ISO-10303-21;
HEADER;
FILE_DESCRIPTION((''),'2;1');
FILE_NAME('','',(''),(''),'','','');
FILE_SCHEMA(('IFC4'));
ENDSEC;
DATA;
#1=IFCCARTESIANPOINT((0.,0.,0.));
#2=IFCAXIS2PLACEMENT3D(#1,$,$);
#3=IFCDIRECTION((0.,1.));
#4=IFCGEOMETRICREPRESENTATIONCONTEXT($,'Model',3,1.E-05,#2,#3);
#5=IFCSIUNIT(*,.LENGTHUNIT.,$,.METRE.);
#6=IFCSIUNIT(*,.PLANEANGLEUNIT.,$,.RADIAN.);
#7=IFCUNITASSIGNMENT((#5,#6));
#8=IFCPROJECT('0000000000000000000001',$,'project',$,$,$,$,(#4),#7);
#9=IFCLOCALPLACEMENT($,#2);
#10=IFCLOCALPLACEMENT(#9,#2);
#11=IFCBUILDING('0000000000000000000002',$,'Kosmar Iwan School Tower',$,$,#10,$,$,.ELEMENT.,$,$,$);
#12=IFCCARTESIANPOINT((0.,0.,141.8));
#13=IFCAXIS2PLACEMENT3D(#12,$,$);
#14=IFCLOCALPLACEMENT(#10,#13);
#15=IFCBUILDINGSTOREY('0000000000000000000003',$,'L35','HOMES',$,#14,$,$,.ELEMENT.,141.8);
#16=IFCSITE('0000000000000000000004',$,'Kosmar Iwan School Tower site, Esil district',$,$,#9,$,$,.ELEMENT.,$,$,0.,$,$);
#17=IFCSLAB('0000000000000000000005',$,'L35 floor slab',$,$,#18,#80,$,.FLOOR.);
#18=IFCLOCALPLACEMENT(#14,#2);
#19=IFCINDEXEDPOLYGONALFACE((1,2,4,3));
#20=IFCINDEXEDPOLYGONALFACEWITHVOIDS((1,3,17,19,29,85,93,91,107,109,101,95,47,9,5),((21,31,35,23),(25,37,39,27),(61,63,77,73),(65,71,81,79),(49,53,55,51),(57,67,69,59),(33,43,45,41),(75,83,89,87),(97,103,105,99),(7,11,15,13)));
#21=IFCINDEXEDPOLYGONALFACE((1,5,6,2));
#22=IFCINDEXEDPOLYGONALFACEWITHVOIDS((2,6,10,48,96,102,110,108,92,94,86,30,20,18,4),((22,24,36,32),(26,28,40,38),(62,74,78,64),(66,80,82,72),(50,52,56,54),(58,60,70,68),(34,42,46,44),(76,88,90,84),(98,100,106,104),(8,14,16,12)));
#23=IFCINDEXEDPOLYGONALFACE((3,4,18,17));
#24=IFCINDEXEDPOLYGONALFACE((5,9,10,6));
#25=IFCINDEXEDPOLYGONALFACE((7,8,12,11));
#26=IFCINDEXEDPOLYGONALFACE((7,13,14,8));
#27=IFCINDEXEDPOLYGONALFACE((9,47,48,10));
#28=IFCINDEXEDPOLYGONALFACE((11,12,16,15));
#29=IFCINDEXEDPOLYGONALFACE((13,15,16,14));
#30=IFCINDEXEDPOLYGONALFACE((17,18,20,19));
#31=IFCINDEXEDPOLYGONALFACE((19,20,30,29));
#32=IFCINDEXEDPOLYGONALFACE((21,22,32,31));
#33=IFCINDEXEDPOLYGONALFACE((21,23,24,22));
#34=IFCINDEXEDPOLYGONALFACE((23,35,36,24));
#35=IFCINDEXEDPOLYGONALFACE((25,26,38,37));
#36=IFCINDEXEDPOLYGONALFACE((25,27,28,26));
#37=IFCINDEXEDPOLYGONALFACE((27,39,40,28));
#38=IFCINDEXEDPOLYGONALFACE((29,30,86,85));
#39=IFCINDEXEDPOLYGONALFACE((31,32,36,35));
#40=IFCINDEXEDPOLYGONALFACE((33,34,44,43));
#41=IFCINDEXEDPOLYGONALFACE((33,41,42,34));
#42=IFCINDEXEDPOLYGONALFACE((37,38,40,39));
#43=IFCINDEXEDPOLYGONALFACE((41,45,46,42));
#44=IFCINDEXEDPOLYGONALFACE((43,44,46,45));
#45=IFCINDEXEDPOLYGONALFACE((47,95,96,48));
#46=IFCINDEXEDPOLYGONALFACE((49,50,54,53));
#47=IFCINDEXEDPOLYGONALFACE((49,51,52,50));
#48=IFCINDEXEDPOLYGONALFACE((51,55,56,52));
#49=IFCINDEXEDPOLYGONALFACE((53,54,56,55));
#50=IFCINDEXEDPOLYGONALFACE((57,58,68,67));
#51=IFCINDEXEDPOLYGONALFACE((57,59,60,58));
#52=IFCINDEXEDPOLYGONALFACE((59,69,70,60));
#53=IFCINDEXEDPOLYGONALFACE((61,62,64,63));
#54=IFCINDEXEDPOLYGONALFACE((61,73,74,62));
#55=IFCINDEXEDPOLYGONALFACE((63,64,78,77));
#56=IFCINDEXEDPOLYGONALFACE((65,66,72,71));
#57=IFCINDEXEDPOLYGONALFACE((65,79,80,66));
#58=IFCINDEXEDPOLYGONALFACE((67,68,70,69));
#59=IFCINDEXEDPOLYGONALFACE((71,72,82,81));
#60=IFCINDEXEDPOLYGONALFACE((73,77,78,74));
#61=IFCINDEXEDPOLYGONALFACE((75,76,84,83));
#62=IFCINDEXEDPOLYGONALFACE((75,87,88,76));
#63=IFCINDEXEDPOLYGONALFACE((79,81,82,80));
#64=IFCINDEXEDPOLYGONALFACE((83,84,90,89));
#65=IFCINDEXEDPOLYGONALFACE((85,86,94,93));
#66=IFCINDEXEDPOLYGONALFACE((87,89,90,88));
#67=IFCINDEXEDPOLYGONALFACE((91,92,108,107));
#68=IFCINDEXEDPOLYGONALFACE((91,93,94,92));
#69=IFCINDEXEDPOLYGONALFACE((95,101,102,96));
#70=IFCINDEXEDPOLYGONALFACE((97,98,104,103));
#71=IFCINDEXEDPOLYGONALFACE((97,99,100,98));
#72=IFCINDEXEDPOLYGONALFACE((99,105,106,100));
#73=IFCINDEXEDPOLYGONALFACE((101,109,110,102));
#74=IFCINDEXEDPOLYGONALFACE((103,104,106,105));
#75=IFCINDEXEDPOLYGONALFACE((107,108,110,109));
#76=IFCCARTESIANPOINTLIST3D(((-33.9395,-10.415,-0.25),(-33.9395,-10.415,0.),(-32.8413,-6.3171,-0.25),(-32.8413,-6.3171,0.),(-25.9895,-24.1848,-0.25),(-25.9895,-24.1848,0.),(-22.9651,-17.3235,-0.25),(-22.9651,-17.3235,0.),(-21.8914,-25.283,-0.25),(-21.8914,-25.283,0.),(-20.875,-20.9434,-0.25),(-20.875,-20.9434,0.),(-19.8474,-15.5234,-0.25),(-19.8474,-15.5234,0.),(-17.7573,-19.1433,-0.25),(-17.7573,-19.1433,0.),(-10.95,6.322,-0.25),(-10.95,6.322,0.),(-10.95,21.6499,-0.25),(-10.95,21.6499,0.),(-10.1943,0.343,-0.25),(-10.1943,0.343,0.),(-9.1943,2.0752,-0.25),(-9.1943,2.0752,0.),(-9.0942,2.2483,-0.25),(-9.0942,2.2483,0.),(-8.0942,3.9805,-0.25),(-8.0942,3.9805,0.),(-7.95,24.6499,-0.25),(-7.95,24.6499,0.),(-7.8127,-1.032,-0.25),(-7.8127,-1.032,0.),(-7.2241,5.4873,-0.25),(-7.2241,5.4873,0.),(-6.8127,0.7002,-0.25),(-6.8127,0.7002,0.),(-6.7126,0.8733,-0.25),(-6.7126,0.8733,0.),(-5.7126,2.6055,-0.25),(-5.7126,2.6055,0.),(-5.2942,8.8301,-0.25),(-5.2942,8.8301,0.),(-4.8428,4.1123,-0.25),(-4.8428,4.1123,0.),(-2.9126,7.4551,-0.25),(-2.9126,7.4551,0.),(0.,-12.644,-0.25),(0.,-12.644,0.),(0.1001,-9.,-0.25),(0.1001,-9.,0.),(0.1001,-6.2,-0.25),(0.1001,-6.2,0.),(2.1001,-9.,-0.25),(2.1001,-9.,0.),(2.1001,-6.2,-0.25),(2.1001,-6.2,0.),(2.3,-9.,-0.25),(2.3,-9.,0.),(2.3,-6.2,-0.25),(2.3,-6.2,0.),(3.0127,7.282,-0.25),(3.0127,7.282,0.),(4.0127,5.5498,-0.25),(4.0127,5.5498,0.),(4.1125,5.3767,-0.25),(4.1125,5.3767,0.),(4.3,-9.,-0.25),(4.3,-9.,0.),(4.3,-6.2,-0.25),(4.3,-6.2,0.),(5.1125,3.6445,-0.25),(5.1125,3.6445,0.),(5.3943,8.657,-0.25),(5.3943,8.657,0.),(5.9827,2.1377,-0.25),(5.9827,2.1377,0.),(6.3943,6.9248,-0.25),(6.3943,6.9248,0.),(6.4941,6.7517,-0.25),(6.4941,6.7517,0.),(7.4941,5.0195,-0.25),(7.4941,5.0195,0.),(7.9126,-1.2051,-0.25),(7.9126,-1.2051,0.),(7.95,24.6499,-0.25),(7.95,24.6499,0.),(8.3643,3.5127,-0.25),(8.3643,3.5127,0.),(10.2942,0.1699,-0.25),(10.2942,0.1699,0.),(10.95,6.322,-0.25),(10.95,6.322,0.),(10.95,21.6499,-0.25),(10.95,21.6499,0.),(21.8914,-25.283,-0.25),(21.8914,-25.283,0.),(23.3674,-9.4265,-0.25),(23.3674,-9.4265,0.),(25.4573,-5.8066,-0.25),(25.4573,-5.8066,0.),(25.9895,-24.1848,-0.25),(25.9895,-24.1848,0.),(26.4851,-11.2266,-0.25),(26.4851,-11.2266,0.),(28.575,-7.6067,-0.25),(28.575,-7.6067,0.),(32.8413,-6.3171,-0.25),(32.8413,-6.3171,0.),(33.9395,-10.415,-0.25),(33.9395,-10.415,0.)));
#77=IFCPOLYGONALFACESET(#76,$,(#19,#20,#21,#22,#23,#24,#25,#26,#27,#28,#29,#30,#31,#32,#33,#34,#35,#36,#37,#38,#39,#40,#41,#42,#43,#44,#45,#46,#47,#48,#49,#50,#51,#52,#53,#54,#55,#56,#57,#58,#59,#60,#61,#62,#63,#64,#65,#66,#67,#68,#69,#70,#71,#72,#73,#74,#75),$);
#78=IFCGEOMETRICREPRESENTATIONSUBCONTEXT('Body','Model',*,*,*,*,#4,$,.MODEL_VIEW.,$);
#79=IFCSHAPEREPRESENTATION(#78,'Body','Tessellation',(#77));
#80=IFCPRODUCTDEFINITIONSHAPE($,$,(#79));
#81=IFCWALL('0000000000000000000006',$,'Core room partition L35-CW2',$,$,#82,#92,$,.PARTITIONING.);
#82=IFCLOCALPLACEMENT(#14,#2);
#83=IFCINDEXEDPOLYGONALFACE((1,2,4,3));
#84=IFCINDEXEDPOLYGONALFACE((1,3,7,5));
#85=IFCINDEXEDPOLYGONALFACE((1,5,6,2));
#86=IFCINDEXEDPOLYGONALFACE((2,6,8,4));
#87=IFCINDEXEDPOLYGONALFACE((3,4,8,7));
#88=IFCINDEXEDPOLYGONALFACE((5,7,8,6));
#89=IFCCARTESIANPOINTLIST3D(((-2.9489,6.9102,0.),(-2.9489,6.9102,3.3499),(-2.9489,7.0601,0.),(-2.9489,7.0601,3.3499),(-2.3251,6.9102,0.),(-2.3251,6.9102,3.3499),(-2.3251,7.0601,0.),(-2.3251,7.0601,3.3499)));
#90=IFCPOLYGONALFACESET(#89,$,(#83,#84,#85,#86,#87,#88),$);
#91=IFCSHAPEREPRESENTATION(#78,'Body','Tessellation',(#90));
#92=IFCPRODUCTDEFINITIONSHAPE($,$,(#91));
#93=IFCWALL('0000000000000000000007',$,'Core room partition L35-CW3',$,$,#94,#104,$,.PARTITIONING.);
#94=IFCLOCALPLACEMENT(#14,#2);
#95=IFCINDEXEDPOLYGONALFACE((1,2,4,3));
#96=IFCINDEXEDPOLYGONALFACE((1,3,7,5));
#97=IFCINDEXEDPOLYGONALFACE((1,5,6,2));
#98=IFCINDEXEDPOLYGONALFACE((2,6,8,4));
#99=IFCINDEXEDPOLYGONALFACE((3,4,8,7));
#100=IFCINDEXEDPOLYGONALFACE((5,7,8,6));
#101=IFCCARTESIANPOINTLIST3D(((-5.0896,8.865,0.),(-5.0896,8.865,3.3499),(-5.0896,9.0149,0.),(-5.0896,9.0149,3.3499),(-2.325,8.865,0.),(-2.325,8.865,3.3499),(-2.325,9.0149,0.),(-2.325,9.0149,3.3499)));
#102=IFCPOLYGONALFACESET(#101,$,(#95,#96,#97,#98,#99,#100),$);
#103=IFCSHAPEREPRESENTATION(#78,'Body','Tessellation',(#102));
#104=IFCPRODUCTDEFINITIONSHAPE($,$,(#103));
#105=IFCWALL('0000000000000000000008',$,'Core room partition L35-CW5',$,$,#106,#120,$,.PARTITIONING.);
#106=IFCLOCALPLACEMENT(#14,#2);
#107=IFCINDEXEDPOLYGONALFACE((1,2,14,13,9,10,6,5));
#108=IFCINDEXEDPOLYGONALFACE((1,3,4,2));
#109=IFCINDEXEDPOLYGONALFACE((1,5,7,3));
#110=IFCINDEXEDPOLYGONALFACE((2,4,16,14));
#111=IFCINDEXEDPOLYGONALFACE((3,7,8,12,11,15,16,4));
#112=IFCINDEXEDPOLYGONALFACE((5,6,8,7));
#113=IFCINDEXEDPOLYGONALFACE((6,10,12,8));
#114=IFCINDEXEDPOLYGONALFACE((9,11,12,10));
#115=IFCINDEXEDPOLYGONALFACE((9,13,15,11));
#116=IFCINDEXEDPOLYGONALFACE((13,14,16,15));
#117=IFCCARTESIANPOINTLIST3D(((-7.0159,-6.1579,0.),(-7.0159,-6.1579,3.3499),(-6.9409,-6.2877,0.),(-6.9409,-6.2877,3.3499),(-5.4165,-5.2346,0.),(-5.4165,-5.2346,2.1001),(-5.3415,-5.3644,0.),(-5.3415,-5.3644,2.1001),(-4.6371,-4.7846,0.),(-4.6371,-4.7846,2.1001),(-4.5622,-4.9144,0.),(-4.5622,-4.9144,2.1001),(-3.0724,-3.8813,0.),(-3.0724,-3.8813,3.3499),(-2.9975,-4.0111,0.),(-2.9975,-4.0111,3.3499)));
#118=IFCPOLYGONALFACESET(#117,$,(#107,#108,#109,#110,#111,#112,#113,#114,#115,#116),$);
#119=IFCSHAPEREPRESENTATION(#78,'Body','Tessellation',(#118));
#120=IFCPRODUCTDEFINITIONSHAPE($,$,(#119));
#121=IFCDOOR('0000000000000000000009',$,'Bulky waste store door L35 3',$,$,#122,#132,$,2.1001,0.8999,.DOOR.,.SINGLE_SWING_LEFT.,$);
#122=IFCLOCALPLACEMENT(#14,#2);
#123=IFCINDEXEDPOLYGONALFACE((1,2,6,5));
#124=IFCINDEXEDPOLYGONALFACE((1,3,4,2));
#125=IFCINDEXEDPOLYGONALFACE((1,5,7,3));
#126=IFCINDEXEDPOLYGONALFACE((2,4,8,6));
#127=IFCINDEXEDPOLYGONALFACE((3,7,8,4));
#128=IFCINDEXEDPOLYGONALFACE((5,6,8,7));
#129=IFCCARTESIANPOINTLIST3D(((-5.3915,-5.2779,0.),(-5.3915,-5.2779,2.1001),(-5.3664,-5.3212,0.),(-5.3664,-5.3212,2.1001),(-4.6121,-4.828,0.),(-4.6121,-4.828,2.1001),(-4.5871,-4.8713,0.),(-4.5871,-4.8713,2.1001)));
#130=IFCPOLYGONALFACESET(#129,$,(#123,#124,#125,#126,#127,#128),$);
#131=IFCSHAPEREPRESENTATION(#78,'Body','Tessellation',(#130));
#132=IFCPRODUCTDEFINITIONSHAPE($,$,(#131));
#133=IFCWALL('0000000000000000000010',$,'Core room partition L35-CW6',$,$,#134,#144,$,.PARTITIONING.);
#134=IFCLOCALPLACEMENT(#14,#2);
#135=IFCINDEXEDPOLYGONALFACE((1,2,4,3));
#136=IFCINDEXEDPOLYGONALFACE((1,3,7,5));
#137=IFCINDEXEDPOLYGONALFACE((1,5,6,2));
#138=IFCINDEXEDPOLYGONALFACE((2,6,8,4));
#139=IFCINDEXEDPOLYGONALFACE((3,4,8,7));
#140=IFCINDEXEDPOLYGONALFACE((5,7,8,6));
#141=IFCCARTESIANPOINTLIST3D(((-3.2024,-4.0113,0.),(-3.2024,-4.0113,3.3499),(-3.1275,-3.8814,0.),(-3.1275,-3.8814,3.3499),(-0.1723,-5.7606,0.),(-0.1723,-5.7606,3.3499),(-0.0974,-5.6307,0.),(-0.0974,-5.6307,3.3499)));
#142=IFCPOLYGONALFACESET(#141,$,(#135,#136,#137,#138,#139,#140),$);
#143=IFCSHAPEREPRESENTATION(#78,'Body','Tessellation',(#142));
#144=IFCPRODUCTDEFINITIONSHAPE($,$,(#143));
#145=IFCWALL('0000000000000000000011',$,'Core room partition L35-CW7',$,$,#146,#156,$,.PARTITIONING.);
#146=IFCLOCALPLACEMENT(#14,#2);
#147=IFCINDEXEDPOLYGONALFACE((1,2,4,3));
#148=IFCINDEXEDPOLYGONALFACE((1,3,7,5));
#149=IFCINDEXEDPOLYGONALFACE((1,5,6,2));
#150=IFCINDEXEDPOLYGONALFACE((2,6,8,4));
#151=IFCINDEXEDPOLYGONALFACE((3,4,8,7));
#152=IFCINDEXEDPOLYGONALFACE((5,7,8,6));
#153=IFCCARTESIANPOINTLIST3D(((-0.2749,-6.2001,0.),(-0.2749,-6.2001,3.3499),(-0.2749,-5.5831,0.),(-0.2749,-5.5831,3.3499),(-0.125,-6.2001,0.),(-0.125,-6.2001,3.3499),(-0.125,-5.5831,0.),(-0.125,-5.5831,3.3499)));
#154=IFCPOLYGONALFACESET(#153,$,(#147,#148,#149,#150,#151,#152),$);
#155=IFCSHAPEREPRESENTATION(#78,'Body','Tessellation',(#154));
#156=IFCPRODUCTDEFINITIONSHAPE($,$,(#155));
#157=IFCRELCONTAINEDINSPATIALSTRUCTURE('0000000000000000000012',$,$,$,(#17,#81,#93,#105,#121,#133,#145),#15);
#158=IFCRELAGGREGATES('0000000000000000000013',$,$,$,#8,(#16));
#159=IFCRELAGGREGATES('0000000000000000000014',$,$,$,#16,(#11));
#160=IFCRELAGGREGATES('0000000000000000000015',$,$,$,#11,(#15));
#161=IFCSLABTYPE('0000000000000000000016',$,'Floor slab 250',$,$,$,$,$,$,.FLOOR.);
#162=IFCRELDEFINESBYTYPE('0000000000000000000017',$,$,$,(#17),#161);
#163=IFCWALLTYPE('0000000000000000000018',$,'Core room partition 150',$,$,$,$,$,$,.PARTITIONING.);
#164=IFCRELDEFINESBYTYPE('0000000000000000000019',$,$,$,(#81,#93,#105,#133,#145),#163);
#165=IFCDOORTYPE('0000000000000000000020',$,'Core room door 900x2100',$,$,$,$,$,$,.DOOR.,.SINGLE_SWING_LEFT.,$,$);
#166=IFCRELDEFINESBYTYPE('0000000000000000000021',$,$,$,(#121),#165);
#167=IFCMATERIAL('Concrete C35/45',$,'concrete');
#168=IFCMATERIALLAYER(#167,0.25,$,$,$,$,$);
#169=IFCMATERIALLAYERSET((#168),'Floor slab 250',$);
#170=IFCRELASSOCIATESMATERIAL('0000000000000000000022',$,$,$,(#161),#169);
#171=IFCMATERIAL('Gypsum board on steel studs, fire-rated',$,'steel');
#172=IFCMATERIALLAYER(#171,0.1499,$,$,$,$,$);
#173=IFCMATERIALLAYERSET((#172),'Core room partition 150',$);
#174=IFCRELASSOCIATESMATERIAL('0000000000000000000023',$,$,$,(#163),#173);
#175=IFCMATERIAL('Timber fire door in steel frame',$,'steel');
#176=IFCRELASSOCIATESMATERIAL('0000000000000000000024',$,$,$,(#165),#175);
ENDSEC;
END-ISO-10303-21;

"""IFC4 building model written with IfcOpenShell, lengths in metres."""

from ifc_helpers import new_model, si_unit, direction, frame, frame_2d, origin, place, context, subcontext, project, spatial, polyline, rectangle, outline, extrude, material, layer, layer_set, type_object, element, fill, save


model = new_model("IFC4")

# Units and contexts
model_context = context("Model", 3, precision=1e-05, world=origin(), true_north=direction((0.0, 1.0)))
body_context = subcontext(model_context, "Body", "Model", "MODEL_VIEW")
ifc_project = project(units=[si_unit("LENGTHUNIT", "METRE"), si_unit("PLANEANGLEUNIT", "RADIAN")], contexts=[model_context])

# Site, building, storey
site_placement = place(None, origin())
site = spatial("IfcSite", under=ifc_project, at=site_placement, Name="Kosmar Iwan School Tower site, Esil district", CompositionType="ELEMENT", RefElevation=0.0)
building_placement = place(site_placement, origin())
building = spatial("IfcBuilding", under=site, at=building_placement, Name="Kosmar Iwan School Tower", CompositionType="ELEMENT")
storey_placement = place(building_placement, frame((0.0, 0.0, 141.8)))
storey = spatial("IfcBuildingStorey", under=building, at=storey_placement, Name="L35", Description="HOMES", CompositionType="ELEMENT", Elevation=141.8)

# Slab
ifc_material_1 = material(Name="Concrete C35/45", Category="concrete")
ifc_layer_1 = layer(ifc_material_1, 0.25)
ifc_layer_set_1 = layer_set([ifc_layer_1], Name="Floor slab 250")
slab_type = type_object("IfcSlabType", Name="Floor slab 250", PredefinedType="FLOOR", material=ifc_layer_set_1)
slab_placement = place(storey_placement, frame((0.0, 0.0, -0.25)))
element("IfcSlab", 1, at=slab_placement, inside=storey, type_object=slab_type, Name="L35 floor slab", PredefinedType="FLOOR", context=body_context, shape_type="SweptSolid", body=[
    extrude(outline(polyline([(-21.8914, -25.283), (0.0, -12.644), (21.8914, -25.283), (25.9895, -24.1848), (33.9395, -10.415), (32.8413, -6.3171), (10.95, 6.322), (10.95, 21.6499), (7.95, 24.6499), (-7.95, 24.6499), (-10.95, 21.6499), (-10.95, 6.322), (-32.8413, -6.3171), (-33.9395, -10.415), (-25.9895, -24.1848), (-21.8914, -25.283)]), holes=[polyline([(7.9126, -1.2051), (10.2942, 0.1699), (8.3643, 3.5127), (5.9827, 2.1377), (7.9126, -1.2051)]), polyline([(-2.9126, 7.4551), (-5.2942, 8.8301), (-7.2241, 5.4873), (-4.8428, 4.1123), (-2.9126, 7.4551)]), polyline([(-5.7126, 2.6055), (-8.0942, 3.9805), (-9.0942, 2.2483), (-6.7126, 0.8733), (-5.7126, 2.6055)]), polyline([(-6.8127, 0.7002), (-9.1943, 2.0752), (-10.1943, 0.343), (-7.8127, -1.032), (-6.8127, 0.7002)]), polyline([(5.1125, 3.6445), (7.4941, 5.0195), (6.4941, 6.7517), (4.1125, 5.3767), (5.1125, 3.6445)]), polyline([(4.0127, 5.5498), (6.3943, 6.9248), (5.3943, 8.657), (3.0127, 7.282), (4.0127, 5.5498)]), polyline([(0.1001, -6.2), (0.1001, -9.0), (2.1001, -9.0), (2.1001, -6.2), (0.1001, -6.2)]), polyline([(2.3, -6.2), (2.3, -9.0), (4.3, -9.0), (4.3, -6.2), (2.3, -6.2)]), polyline([(-19.8474, -15.5234), (-22.9651, -17.3235), (-20.875, -20.9434), (-17.7573, -19.1433), (-19.8474, -15.5234)]), polyline([(23.3674, -9.4265), (26.4851, -11.2266), (28.575, -7.6067), (25.4573, -5.8066), (23.3674, -9.4265)])]), origin(), (0.0, 0.0, 1.0), 0.25),
])

# Walls
ifc_material_2 = material(Name="Gypsum board on steel studs, fire-rated", Category="steel")
ifc_layer_2 = layer(ifc_material_2, 0.1499)
ifc_layer_set_2 = layer_set([ifc_layer_2], Name="Core room partition 150")
wall_type_1 = type_object("IfcWallType", Name="Core room partition 150", PredefinedType="PARTITIONING", material=ifc_layer_set_2)
wall_1_placement = place(storey_placement, frame((-2.325, 6.9851, 0.0), z_axis=(0.0, 0.0, 1.0), x_axis=(-1.0, 0.0, 0.0)))
element("IfcWall", 2, at=wall_1_placement, inside=storey, type_object=wall_type_1, Name="Core room partition L35-CW2", PredefinedType="PARTITIONING", context=body_context, shape_type="SweptSolid", body=[
    extrude(rectangle(XDim=0.6238, YDim=0.1499, at=frame_2d((0.312, 0.0))), origin(), (0.0, 0.0, 1.0), 3.3499),
])
wall_2_placement = place(storey_placement, frame((-5.0896, 8.9399, 0.0), z_axis=(0.0, 0.0, 1.0), x_axis=(1.0, 0.0, 0.0)))
element("IfcWall", 3, at=wall_2_placement, inside=storey, type_object=wall_type_1, Name="Core room partition L35-CW3", PredefinedType="PARTITIONING", context=body_context, shape_type="SweptSolid", body=[
    extrude(rectangle(XDim=2.7646, YDim=0.1499, at=frame_2d((1.3823, 0.0))), origin(), (0.0, 0.0, 1.0), 3.3499),
])

# Wall, opening, door
wall_3_placement = place(storey_placement, frame((-6.9785, -6.2229, 0.0), z_axis=(0.0, 0.0, 1.0), x_axis=(0.866034, 0.499985, 0.0)))
wall_3 = element("IfcWall", 4, at=wall_3_placement, inside=storey, type_object=wall_type_1, Name="Core room partition L35-CW5", PredefinedType="PARTITIONING", context=body_context, shape_type="SweptSolid", body=[
    extrude(rectangle(XDim=4.5535, YDim=0.1499, at=frame_2d((2.2769, 0.0))), origin(), (0.0, 0.0, 1.0), 3.3499),
])
opening_1_placement = place(wall_3_placement, frame((1.8469, 0.0, 0.0)))
opening_1 = element("IfcOpeningElement", 5, at=opening_1_placement, cuts=wall_3, PredefinedType="OPENING", context=body_context, shape_type="SweptSolid", body=[
    extrude(rectangle(XDim=0.8999, YDim=2.1001, at=frame_2d((0.45, 1.05))), frame((0.0, 0.0869, 0.0), z_axis=(0.0, -1.0, 0.0), x_axis=(1.0, 0.0, 0.0)), (0.0, 0.0, 1.0), 0.1738),
])
ifc_material_3 = material(Name="Timber fire door in steel frame", Category="steel")
door_type_1 = type_object("IfcDoorType", Name="Core room door 900x2100", OperationType="SINGLE_SWING_LEFT", PredefinedType="DOOR", material=ifc_material_3)
door_1_placement = place(opening_1_placement, origin())
door_1 = element("IfcDoor", 6, at=door_1_placement, inside=storey, type_object=door_type_1, Name="Bulky waste store door L35 3", OperationType="SINGLE_SWING_LEFT", OverallHeight=2.1001, OverallWidth=0.8999, PredefinedType="DOOR", context=body_context, shape_type="SweptSolid", body=[
    extrude(rectangle(XDim=0.8999, YDim=2.1001, at=frame_2d((0.45, 1.05))), frame((0.0, 0.0249, 0.0), z_axis=(0.0, -1.0, 0.0), x_axis=(1.0, 0.0, 0.0)), (0.0, 0.0, 1.0), 0.05),
])
fill(opening_1, door_1)

# Walls
wall_4_placement = place(storey_placement, frame((-3.165, -3.9463, 0.0), z_axis=(0.0, 0.0, 1.0), x_axis=(0.86604, -0.499974, 0.0)))
element("IfcWall", 7, at=wall_4_placement, inside=storey, type_object=wall_type_1, Name="Core room partition L35-CW6", PredefinedType="PARTITIONING", context=body_context, shape_type="SweptSolid", body=[
    extrude(rectangle(XDim=3.4988, YDim=0.1499, at=frame_2d((1.7495, 0.0))), origin(), (0.0, 0.0, 1.0), 3.3499),
])
wall_5_placement = place(storey_placement, frame((-0.2, -5.583, 0.0), z_axis=(0.0, 0.0, 1.0), x_axis=(0.0, -1.0, 0.0)))
element("IfcWall", 8, at=wall_5_placement, inside=storey, type_object=wall_type_1, Name="Core room partition L35-CW7", PredefinedType="PARTITIONING", context=body_context, shape_type="SweptSolid", body=[
    extrude(rectangle(XDim=0.6169, YDim=0.1499, at=frame_2d((0.3086, 0.0))), origin(), (0.0, 0.0, 1.0), 3.3499),
])

save(model, "model.ifc")
